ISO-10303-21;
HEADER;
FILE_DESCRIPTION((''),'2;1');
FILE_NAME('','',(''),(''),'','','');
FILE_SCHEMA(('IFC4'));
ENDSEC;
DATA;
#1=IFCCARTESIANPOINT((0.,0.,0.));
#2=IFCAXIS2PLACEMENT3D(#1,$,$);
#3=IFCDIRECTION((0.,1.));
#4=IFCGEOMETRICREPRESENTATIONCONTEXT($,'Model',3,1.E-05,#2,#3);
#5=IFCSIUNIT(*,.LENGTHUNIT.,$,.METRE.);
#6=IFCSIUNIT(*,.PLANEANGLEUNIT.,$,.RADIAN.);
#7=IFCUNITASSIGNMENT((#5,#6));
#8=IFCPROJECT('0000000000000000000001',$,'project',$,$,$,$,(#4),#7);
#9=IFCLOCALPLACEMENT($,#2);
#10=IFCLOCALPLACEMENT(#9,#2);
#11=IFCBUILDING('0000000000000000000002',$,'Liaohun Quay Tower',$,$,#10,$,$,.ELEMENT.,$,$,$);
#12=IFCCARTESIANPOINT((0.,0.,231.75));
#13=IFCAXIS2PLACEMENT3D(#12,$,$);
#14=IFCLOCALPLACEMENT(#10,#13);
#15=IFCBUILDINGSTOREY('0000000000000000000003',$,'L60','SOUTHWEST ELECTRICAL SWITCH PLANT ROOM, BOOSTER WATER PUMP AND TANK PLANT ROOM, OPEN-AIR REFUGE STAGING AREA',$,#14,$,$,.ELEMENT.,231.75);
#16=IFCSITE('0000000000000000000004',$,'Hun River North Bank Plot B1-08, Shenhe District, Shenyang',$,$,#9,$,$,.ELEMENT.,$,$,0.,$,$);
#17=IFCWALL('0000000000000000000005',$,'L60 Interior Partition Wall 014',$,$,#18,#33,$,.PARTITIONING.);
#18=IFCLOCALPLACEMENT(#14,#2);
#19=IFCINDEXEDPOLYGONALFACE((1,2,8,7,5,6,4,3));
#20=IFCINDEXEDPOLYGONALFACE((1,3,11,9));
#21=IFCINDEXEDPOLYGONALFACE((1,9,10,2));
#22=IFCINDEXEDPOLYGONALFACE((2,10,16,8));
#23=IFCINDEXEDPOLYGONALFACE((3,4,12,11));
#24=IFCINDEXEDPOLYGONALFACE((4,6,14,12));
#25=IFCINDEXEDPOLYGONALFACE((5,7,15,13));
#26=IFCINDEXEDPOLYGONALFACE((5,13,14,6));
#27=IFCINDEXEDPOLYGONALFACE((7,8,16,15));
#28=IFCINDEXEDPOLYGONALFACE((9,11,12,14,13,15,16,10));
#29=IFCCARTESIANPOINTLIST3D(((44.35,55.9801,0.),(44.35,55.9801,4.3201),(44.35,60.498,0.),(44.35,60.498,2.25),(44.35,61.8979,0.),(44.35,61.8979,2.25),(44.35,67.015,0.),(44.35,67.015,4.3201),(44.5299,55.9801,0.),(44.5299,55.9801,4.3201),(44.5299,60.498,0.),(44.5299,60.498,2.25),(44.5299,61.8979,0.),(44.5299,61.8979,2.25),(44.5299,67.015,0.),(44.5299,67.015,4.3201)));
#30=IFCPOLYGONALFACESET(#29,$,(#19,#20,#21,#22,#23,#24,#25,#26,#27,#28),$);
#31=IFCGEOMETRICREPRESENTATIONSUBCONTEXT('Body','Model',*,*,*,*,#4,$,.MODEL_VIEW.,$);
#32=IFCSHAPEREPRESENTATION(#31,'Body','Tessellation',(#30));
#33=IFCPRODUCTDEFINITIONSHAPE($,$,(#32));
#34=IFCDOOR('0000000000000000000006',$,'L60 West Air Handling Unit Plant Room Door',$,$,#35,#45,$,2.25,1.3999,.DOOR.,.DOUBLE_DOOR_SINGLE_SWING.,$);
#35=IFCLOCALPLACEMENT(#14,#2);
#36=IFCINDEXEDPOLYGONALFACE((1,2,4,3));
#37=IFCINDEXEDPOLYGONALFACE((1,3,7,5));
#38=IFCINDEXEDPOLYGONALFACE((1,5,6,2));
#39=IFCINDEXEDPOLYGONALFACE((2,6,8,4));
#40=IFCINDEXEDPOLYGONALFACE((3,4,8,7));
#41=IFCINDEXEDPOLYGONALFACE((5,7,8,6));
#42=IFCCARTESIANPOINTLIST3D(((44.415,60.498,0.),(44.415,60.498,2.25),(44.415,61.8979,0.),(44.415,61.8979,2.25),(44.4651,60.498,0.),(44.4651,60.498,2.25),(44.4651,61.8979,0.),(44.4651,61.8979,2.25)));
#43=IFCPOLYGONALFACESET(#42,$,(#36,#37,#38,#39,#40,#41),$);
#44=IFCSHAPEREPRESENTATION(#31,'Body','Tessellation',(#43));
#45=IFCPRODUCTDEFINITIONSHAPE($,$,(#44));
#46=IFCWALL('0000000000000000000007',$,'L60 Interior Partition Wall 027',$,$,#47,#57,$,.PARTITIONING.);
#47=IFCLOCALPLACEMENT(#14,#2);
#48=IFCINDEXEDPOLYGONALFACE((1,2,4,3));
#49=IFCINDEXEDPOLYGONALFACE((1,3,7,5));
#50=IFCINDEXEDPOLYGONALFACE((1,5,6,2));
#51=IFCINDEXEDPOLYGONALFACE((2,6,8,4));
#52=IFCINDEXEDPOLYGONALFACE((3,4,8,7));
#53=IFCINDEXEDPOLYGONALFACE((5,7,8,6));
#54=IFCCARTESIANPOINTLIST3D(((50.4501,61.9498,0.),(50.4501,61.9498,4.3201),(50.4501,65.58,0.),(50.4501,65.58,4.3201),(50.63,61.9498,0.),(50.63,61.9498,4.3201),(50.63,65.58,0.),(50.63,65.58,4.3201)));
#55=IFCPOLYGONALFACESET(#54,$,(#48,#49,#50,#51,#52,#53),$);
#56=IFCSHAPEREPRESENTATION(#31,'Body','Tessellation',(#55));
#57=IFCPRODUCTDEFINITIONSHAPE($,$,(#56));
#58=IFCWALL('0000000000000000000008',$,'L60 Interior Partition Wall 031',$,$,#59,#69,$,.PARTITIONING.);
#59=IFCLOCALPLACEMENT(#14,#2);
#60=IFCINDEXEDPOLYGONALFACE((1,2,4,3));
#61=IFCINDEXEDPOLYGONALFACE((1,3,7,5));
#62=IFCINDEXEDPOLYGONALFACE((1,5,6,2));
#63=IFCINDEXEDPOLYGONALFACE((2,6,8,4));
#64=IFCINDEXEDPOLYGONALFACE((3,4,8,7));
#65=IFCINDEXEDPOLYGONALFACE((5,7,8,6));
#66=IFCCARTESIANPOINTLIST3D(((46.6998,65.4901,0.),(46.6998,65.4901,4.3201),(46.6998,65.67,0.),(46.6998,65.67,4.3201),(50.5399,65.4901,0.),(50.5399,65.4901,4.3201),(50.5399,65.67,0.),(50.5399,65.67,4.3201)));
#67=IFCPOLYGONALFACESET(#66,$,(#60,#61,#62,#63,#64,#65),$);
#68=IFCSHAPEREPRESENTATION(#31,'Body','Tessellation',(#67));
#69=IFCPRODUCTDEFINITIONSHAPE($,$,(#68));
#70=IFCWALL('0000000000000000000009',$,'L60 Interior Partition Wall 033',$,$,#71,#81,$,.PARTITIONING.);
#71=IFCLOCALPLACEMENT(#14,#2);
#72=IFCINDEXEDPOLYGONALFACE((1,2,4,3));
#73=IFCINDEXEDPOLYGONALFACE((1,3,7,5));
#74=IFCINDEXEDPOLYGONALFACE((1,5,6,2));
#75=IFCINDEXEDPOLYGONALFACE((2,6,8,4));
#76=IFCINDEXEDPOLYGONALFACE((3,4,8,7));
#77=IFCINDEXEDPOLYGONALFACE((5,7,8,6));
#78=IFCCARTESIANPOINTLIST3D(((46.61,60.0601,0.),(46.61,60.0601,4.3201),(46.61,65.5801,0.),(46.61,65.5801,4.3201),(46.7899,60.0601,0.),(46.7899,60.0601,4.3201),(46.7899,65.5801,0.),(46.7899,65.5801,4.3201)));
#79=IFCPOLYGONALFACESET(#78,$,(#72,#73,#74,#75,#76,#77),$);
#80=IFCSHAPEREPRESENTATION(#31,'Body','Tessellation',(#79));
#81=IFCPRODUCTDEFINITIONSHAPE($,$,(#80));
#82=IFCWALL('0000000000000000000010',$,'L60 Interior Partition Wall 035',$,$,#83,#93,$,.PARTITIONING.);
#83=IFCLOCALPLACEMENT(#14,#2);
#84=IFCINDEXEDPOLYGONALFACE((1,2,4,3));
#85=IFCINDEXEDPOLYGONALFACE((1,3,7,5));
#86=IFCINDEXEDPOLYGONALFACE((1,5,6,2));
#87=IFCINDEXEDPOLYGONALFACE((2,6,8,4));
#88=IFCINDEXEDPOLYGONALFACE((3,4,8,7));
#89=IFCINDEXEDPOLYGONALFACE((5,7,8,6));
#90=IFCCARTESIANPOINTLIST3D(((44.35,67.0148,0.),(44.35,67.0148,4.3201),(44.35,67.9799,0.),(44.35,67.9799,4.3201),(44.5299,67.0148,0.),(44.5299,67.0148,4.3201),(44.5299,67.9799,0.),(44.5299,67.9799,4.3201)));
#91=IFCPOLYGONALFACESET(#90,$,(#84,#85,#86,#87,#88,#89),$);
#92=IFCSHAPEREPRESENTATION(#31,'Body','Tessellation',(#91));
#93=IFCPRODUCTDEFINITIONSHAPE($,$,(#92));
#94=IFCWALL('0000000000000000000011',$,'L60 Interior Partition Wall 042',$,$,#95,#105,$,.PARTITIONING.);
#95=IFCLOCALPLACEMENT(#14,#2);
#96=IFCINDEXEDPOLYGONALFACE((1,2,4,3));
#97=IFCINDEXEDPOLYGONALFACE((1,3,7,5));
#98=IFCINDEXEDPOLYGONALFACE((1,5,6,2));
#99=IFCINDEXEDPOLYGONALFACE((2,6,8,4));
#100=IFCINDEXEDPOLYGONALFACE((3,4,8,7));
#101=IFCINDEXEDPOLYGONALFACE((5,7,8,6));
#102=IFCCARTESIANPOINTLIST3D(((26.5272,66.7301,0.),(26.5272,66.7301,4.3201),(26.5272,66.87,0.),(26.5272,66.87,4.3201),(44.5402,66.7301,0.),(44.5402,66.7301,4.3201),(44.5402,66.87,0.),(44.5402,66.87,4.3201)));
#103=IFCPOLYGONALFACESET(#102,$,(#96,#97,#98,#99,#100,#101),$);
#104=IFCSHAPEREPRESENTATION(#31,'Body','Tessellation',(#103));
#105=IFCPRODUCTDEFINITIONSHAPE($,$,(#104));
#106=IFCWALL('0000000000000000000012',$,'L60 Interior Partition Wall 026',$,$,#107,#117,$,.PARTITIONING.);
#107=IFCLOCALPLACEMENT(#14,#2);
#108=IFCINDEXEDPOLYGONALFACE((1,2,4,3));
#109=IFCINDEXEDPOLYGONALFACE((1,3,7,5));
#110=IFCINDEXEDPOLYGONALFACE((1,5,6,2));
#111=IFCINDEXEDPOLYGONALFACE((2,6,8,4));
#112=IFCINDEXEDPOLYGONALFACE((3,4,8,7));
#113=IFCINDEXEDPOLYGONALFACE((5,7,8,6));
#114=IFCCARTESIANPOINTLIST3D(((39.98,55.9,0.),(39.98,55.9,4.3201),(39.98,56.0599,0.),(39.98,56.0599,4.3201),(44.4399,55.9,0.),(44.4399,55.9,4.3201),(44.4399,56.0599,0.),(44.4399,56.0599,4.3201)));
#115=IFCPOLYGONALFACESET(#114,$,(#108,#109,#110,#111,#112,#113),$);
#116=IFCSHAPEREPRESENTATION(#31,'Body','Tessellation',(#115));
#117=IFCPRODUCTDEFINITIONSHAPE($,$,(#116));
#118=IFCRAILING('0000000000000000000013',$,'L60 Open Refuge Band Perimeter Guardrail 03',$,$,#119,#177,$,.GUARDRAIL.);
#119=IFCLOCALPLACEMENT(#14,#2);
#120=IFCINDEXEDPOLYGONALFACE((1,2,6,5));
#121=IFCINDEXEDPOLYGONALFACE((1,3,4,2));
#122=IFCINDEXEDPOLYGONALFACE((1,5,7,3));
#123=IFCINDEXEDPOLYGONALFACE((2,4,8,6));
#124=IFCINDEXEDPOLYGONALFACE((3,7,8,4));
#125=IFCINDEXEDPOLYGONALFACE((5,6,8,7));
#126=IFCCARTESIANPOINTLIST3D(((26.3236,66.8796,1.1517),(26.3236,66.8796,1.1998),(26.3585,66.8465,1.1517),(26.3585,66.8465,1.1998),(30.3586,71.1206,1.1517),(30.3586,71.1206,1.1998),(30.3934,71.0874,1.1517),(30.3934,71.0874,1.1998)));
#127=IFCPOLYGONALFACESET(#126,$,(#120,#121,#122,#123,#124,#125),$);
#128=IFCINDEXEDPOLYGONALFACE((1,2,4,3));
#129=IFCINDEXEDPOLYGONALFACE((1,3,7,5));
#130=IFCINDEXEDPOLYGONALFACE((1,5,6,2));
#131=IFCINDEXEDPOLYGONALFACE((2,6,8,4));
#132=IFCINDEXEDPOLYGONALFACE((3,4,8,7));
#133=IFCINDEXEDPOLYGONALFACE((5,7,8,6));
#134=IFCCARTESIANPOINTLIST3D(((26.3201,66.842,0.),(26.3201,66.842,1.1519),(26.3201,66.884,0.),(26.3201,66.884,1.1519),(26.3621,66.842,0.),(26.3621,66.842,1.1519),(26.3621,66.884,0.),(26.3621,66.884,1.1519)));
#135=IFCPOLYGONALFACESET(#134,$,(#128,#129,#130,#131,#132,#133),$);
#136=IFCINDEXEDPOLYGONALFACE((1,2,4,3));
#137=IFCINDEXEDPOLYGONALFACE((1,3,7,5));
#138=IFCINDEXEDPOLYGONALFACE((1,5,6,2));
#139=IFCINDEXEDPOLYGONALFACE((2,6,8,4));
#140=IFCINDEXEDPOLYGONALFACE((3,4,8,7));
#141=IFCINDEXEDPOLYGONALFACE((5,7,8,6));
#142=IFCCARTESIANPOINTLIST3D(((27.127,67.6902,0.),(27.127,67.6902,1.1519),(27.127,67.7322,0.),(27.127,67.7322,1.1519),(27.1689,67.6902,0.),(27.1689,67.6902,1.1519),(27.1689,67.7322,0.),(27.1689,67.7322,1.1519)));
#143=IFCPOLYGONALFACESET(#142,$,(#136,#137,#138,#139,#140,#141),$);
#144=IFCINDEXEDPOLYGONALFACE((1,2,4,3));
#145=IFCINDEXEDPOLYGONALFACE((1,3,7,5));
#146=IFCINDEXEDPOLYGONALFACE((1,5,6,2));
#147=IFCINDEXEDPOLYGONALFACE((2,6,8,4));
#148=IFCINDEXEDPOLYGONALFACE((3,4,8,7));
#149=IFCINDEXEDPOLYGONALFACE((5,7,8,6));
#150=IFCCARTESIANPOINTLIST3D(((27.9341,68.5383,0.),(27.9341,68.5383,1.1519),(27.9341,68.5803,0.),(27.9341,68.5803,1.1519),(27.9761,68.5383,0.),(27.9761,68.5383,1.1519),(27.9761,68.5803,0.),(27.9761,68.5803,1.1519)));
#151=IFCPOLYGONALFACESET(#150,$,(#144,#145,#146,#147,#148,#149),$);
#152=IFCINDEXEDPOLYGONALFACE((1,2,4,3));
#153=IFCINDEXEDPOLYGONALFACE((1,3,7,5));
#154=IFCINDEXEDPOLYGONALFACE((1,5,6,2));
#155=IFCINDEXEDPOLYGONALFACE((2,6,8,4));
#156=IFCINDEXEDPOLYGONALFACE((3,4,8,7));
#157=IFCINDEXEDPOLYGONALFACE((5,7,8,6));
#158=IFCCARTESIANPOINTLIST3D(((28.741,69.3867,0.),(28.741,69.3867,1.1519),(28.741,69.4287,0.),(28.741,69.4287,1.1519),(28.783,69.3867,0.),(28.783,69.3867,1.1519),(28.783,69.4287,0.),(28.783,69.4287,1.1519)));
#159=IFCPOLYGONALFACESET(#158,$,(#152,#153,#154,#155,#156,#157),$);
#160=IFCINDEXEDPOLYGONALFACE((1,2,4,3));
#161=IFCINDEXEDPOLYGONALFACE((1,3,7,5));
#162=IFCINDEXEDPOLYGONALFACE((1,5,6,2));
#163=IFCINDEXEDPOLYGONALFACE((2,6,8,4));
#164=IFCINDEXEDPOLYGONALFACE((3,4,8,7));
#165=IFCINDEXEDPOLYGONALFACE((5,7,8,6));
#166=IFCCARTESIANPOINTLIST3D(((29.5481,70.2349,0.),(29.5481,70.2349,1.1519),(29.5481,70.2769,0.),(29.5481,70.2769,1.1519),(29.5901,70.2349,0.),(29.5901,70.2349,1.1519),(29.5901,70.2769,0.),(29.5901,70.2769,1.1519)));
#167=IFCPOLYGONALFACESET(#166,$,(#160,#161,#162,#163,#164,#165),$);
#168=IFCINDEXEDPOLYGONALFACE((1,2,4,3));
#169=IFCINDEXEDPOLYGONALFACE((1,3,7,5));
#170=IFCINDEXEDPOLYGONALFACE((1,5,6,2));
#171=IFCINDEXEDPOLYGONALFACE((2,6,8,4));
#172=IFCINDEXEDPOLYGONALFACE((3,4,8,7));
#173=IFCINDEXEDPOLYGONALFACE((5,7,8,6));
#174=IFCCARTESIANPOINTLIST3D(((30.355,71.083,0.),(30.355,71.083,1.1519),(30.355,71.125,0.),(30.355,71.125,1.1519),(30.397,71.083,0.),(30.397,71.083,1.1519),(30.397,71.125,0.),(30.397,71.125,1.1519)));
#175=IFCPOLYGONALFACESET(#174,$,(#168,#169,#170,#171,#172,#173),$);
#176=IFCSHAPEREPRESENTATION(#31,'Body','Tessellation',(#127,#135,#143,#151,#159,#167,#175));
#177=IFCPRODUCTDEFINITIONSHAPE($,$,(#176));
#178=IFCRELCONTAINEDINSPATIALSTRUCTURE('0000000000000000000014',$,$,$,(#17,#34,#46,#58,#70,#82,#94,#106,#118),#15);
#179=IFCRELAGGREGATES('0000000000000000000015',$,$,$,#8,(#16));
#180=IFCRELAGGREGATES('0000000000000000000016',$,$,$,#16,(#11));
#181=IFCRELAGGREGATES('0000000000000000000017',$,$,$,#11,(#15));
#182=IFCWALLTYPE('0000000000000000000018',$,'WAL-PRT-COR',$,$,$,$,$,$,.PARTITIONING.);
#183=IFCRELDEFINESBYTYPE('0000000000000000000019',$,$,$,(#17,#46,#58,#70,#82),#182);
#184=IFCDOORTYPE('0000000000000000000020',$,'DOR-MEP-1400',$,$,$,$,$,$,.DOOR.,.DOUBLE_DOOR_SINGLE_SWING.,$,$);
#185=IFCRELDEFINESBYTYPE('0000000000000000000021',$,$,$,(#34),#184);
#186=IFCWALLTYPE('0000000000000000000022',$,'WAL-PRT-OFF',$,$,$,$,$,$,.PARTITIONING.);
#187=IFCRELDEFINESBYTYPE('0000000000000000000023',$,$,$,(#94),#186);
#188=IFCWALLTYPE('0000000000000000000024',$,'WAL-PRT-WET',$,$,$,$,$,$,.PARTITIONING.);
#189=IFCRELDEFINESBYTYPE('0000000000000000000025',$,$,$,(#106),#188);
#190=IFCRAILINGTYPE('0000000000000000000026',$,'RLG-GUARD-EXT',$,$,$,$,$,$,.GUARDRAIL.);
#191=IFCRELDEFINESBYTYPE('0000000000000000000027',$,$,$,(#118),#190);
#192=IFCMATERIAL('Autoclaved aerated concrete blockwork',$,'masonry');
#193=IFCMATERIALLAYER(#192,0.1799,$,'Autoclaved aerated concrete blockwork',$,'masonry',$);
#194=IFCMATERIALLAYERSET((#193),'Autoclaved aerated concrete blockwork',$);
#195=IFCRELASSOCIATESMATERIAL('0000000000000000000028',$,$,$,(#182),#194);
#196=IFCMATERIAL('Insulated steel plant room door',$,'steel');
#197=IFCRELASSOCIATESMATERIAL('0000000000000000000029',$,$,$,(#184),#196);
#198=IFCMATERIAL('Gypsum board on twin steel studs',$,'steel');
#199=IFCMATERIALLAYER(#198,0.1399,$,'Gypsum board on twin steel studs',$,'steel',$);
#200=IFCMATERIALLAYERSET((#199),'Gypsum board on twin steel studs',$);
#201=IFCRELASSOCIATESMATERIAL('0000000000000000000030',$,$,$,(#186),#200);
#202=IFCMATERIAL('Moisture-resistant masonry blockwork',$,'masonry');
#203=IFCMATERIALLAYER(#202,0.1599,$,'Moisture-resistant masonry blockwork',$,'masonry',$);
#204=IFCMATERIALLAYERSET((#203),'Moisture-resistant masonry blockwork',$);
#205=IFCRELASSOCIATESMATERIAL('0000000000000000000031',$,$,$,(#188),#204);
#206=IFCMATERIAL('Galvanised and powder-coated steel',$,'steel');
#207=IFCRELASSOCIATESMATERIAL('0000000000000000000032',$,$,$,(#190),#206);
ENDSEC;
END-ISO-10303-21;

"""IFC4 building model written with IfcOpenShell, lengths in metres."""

from ifc_helpers import new_model, si_unit, direction, frame, frame_2d, origin, origin_2d, place, context, subcontext, project, spatial, rectangle, extrude, source, transform, mapped, material, layer, layer_set, type_object, element, fill, save


model = new_model("IFC4")

# Units and contexts
model_context = context("Model", 3, precision=1e-05, world=origin(), true_north=direction((0.0, 1.0)))
body_context = subcontext(model_context, "Body", "Model", "MODEL_VIEW")
ifc_project = project(units=[si_unit("LENGTHUNIT", "METRE"), si_unit("PLANEANGLEUNIT", "RADIAN")], contexts=[model_context])

# Site, building, storey
site_placement = place(None, origin())
site = spatial("IfcSite", under=ifc_project, at=site_placement, Name="Hun River North Bank Plot B1-08, Shenhe District, Shenyang", CompositionType="ELEMENT", RefElevation=0.0)
building_placement = place(site_placement, origin())
building = spatial("IfcBuilding", under=site, at=building_placement, Name="Liaohun Quay Tower", CompositionType="ELEMENT")
storey_placement = place(building_placement, frame((0.0, 0.0, 231.75)))
storey = spatial("IfcBuildingStorey", under=building, at=storey_placement, Name="L60", Description="SOUTHWEST ELECTRICAL SWITCH PLANT ROOM, BOOSTER WATER PUMP AND TANK PLANT ROOM, OPEN-AIR REFUGE STAGING AREA", CompositionType="ELEMENT", Elevation=231.75)

# Wall, opening, door
ifc_material_1 = material(Name="Autoclaved aerated concrete blockwork", Category="masonry")
ifc_layer_1 = layer(ifc_material_1, 0.1799, Name="Autoclaved aerated concrete blockwork", Category="masonry")
ifc_layer_set_1 = layer_set([ifc_layer_1], Name="Autoclaved aerated concrete blockwork")
wall_type_1 = type_object("IfcWallType", Name="WAL-PRT-COR", PredefinedType="PARTITIONING", material=ifc_layer_set_1)
shared_shape_1 = source(origin(), body_context, "Body", "SweptSolid", [
    extrude(rectangle(XDim=1.3999, YDim=2.25, at=frame_2d((0.7, 1.125))), frame((0.0, 0.0999, 0.0), z_axis=(0.0, -1.0, 0.0), x_axis=(1.0, 0.0, 0.0)), (0.0, 0.0, 1.0), 0.2),
])
ifc_material_2 = material(Name="Insulated steel plant room door", Category="steel")
door_type_1 = type_object("IfcDoorType", Name="DOR-MEP-1400", OperationType="DOUBLE_DOOR_SINGLE_SWING", PredefinedType="DOOR", material=ifc_material_2)
shared_shape_2 = source(origin(), body_context, "Body", "SweptSolid", [
    extrude(rectangle(XDim=1.3999, YDim=2.25, at=frame_2d((0.7, 1.125))), frame((0.0, 0.0249, 0.0), z_axis=(0.0, -1.0, 0.0), x_axis=(1.0, 0.0, 0.0)), (0.0, 0.0, 1.0), 0.05),
])
wall_1_placement = place(storey_placement, frame((44.4399, 55.98, 0.0), z_axis=(0.0, 0.0, 1.0), x_axis=(0.0, 1.0, 0.0)))
wall_1 = element("IfcWall", 1, at=wall_1_placement, inside=storey, type_object=wall_type_1, Name="L60 Interior Partition Wall 014", PredefinedType="PARTITIONING", context=body_context, shape_type="SweptSolid", body=[
    extrude(rectangle(XDim=11.0349, YDim=0.1799, at=frame_2d((5.5176, 0.0))), origin(), (0.0, 0.0, 1.0), 4.3201),
])
opening_1_placement = place(wall_1_placement, frame((4.5181, 0.0, 0.0)))
opening_1 = element("IfcOpeningElement", 2, at=opening_1_placement, cuts=wall_1, PredefinedType="OPENING", context=body_context, shape_type="MappedRepresentation", body=[
    mapped(shared_shape_1, transform((0.0, 0.0, 0.0), x_axis=(1.0, 0.0, 0.0), y_axis=(0.0, 1.0, 0.0), z_axis=(0.0, 0.0, 1.0), scale=1.0)),
])
door_1_placement = place(opening_1_placement, origin())
door_1 = element("IfcDoor", 3, at=door_1_placement, inside=storey, type_object=door_type_1, Name="L60 West Air Handling Unit Plant Room Door", OperationType="DOUBLE_DOOR_SINGLE_SWING", OverallHeight=2.25, OverallWidth=1.3999, PredefinedType="DOOR", context=body_context, shape_type="MappedRepresentation", body=[
    mapped(shared_shape_2, transform((0.0, 0.0, 0.0), x_axis=(1.0, 0.0, 0.0), y_axis=(0.0, 1.0, 0.0), z_axis=(0.0, 0.0, 1.0), scale=1.0)),
])
fill(opening_1, door_1)

# Walls
wall_2_placement = place(storey_placement, frame((50.54, 61.95, 0.0), z_axis=(0.0, 0.0, 1.0), x_axis=(0.0, 1.0, 0.0)))
element("IfcWall", 4, at=wall_2_placement, inside=storey, type_object=wall_type_1, Name="L60 Interior Partition Wall 027", PredefinedType="PARTITIONING", context=body_context, shape_type="SweptSolid", body=[
    extrude(rectangle(XDim=3.6301, YDim=0.1799, at=frame_2d((1.8149, 0.0))), origin(), (0.0, 0.0, 1.0), 4.3201),
])
wall_3_placement = place(storey_placement, frame((46.7, 65.5801, 0.0), z_axis=(0.0, 0.0, 1.0), x_axis=(1.0, 0.0, 0.0)))
element("IfcWall", 5, at=wall_3_placement, inside=storey, type_object=wall_type_1, Name="L60 Interior Partition Wall 031", PredefinedType="PARTITIONING", context=body_context, shape_type="SweptSolid", body=[
    extrude(rectangle(XDim=3.8401, YDim=0.1799, at=frame_2d((1.9199, 0.0))), origin(), (0.0, 0.0, 1.0), 4.3201),
])
wall_4_placement = place(storey_placement, frame((46.7, 60.0601, 0.0), z_axis=(0.0, 0.0, 1.0), x_axis=(0.0, 1.0, 0.0)))
element("IfcWall", 6, at=wall_4_placement, inside=storey, type_object=wall_type_1, Name="L60 Interior Partition Wall 033", PredefinedType="PARTITIONING", context=body_context, shape_type="SweptSolid", body=[
    extrude(rectangle(XDim=5.52, YDim=0.1799, at=frame_2d((2.76, 0.0))), origin(), (0.0, 0.0, 1.0), 4.3201),
])
wall_5_placement = place(storey_placement, frame((44.4399, 67.0149, 0.0), z_axis=(0.0, 0.0, 1.0), x_axis=(0.0, 1.0, 0.0)))
element("IfcWall", 7, at=wall_5_placement, inside=storey, type_object=wall_type_1, Name="L60 Interior Partition Wall 035", PredefinedType="PARTITIONING", context=body_context, shape_type="SweptSolid", body=[
    extrude(rectangle(XDim=0.9651, YDim=0.1799, at=frame_2d((0.4824, 0.0))), origin(), (0.0, 0.0, 1.0), 4.3201),
])
ifc_material_3 = material(Name="Gypsum board on twin steel studs", Category="steel")
ifc_layer_2 = layer(ifc_material_3, 0.1399, Name="Gypsum board on twin steel studs", Category="steel")
ifc_layer_set_2 = layer_set([ifc_layer_2], Name="Gypsum board on twin steel studs")
wall_type_2 = type_object("IfcWallType", Name="WAL-PRT-OFF", PredefinedType="PARTITIONING", material=ifc_layer_set_2)
wall_6_placement = place(storey_placement, frame((44.54, 66.8, 0.0), z_axis=(0.0, 0.0, 1.0), x_axis=(-1.0, 0.0, 0.0)))
element("IfcWall", 8, at=wall_6_placement, inside=storey, type_object=wall_type_2, Name="L60 Interior Partition Wall 042", PredefinedType="PARTITIONING", context=body_context, shape_type="SweptSolid", body=[
    extrude(rectangle(XDim=18.0129, YDim=0.1399, at=frame_2d((9.0063, 0.0))), origin(), (0.0, 0.0, 1.0), 4.3201),
])
ifc_material_4 = material(Name="Moisture-resistant masonry blockwork", Category="masonry")
ifc_layer_3 = layer(ifc_material_4, 0.1599, Name="Moisture-resistant masonry blockwork", Category="masonry")
ifc_layer_set_3 = layer_set([ifc_layer_3], Name="Moisture-resistant masonry blockwork")
wall_type_3 = type_object("IfcWallType", Name="WAL-PRT-WET", PredefinedType="PARTITIONING", material=ifc_layer_set_3)
wall_7_placement = place(storey_placement, frame((39.98, 55.98, 0.0), z_axis=(0.0, 0.0, 1.0), x_axis=(1.0, 0.0, 0.0)))
element("IfcWall", 9, at=wall_7_placement, inside=storey, type_object=wall_type_3, Name="L60 Interior Partition Wall 026", PredefinedType="PARTITIONING", context=body_context, shape_type="SweptSolid", body=[
    extrude(rectangle(XDim=4.46, YDim=0.1599, at=frame_2d((2.23, 0.0))), origin(), (0.0, 0.0, 1.0), 4.3201),
])

# Railing
ifc_material_5 = material(Name="Galvanised and powder-coated steel", Category="steel")
railing_type = type_object("IfcRailingType", Name="RLG-GUARD-EXT", PredefinedType="GUARDRAIL", material=ifc_material_5)
railing_1_placement = place(storey_placement, frame((26.3411, 66.863, 0.0)))
element("IfcRailing", 10, at=railing_1_placement, inside=storey, type_object=railing_type, Name="L60 Open Refuge Band Perimeter Guardrail 03", PredefinedType="GUARDRAIL", context=body_context, shape_type="SweptSolid", body=[
    extrude(rectangle(XDim=0.0481, YDim=0.0481, at=origin_2d()), frame((0.0, 0.0, 1.1758), z_axis=(0.689287, 0.724488, 0.0), x_axis=(-0.724488, 0.689287, 0.0)), (0.0, 0.0, 1.0), 5.8538),
    extrude(rectangle(XDim=0.042, YDim=0.042, at=origin_2d()), origin(), (0.0, 0.0, 1.0), 1.1519),
    extrude(rectangle(XDim=0.042, YDim=0.042, at=origin_2d()), frame((0.8069, 0.8481, 0.0)), (0.0, 0.0, 1.0), 1.1519),
    extrude(rectangle(XDim=0.042, YDim=0.042, at=origin_2d()), frame((1.614, 1.6963, 0.0)), (0.0, 0.0, 1.0), 1.1519),
    extrude(rectangle(XDim=0.042, YDim=0.042, at=origin_2d()), frame((2.4209, 2.5447, 0.0)), (0.0, 0.0, 1.0), 1.1519),
    extrude(rectangle(XDim=0.042, YDim=0.042, at=origin_2d()), frame((3.228, 3.3928, 0.0)), (0.0, 0.0, 1.0), 1.1519),
    extrude(rectangle(XDim=0.042, YDim=0.042, at=origin_2d()), frame((4.0349, 4.241, 0.0)), (0.0, 0.0, 1.0), 1.1519),
])

save(model, "model.ifc")
